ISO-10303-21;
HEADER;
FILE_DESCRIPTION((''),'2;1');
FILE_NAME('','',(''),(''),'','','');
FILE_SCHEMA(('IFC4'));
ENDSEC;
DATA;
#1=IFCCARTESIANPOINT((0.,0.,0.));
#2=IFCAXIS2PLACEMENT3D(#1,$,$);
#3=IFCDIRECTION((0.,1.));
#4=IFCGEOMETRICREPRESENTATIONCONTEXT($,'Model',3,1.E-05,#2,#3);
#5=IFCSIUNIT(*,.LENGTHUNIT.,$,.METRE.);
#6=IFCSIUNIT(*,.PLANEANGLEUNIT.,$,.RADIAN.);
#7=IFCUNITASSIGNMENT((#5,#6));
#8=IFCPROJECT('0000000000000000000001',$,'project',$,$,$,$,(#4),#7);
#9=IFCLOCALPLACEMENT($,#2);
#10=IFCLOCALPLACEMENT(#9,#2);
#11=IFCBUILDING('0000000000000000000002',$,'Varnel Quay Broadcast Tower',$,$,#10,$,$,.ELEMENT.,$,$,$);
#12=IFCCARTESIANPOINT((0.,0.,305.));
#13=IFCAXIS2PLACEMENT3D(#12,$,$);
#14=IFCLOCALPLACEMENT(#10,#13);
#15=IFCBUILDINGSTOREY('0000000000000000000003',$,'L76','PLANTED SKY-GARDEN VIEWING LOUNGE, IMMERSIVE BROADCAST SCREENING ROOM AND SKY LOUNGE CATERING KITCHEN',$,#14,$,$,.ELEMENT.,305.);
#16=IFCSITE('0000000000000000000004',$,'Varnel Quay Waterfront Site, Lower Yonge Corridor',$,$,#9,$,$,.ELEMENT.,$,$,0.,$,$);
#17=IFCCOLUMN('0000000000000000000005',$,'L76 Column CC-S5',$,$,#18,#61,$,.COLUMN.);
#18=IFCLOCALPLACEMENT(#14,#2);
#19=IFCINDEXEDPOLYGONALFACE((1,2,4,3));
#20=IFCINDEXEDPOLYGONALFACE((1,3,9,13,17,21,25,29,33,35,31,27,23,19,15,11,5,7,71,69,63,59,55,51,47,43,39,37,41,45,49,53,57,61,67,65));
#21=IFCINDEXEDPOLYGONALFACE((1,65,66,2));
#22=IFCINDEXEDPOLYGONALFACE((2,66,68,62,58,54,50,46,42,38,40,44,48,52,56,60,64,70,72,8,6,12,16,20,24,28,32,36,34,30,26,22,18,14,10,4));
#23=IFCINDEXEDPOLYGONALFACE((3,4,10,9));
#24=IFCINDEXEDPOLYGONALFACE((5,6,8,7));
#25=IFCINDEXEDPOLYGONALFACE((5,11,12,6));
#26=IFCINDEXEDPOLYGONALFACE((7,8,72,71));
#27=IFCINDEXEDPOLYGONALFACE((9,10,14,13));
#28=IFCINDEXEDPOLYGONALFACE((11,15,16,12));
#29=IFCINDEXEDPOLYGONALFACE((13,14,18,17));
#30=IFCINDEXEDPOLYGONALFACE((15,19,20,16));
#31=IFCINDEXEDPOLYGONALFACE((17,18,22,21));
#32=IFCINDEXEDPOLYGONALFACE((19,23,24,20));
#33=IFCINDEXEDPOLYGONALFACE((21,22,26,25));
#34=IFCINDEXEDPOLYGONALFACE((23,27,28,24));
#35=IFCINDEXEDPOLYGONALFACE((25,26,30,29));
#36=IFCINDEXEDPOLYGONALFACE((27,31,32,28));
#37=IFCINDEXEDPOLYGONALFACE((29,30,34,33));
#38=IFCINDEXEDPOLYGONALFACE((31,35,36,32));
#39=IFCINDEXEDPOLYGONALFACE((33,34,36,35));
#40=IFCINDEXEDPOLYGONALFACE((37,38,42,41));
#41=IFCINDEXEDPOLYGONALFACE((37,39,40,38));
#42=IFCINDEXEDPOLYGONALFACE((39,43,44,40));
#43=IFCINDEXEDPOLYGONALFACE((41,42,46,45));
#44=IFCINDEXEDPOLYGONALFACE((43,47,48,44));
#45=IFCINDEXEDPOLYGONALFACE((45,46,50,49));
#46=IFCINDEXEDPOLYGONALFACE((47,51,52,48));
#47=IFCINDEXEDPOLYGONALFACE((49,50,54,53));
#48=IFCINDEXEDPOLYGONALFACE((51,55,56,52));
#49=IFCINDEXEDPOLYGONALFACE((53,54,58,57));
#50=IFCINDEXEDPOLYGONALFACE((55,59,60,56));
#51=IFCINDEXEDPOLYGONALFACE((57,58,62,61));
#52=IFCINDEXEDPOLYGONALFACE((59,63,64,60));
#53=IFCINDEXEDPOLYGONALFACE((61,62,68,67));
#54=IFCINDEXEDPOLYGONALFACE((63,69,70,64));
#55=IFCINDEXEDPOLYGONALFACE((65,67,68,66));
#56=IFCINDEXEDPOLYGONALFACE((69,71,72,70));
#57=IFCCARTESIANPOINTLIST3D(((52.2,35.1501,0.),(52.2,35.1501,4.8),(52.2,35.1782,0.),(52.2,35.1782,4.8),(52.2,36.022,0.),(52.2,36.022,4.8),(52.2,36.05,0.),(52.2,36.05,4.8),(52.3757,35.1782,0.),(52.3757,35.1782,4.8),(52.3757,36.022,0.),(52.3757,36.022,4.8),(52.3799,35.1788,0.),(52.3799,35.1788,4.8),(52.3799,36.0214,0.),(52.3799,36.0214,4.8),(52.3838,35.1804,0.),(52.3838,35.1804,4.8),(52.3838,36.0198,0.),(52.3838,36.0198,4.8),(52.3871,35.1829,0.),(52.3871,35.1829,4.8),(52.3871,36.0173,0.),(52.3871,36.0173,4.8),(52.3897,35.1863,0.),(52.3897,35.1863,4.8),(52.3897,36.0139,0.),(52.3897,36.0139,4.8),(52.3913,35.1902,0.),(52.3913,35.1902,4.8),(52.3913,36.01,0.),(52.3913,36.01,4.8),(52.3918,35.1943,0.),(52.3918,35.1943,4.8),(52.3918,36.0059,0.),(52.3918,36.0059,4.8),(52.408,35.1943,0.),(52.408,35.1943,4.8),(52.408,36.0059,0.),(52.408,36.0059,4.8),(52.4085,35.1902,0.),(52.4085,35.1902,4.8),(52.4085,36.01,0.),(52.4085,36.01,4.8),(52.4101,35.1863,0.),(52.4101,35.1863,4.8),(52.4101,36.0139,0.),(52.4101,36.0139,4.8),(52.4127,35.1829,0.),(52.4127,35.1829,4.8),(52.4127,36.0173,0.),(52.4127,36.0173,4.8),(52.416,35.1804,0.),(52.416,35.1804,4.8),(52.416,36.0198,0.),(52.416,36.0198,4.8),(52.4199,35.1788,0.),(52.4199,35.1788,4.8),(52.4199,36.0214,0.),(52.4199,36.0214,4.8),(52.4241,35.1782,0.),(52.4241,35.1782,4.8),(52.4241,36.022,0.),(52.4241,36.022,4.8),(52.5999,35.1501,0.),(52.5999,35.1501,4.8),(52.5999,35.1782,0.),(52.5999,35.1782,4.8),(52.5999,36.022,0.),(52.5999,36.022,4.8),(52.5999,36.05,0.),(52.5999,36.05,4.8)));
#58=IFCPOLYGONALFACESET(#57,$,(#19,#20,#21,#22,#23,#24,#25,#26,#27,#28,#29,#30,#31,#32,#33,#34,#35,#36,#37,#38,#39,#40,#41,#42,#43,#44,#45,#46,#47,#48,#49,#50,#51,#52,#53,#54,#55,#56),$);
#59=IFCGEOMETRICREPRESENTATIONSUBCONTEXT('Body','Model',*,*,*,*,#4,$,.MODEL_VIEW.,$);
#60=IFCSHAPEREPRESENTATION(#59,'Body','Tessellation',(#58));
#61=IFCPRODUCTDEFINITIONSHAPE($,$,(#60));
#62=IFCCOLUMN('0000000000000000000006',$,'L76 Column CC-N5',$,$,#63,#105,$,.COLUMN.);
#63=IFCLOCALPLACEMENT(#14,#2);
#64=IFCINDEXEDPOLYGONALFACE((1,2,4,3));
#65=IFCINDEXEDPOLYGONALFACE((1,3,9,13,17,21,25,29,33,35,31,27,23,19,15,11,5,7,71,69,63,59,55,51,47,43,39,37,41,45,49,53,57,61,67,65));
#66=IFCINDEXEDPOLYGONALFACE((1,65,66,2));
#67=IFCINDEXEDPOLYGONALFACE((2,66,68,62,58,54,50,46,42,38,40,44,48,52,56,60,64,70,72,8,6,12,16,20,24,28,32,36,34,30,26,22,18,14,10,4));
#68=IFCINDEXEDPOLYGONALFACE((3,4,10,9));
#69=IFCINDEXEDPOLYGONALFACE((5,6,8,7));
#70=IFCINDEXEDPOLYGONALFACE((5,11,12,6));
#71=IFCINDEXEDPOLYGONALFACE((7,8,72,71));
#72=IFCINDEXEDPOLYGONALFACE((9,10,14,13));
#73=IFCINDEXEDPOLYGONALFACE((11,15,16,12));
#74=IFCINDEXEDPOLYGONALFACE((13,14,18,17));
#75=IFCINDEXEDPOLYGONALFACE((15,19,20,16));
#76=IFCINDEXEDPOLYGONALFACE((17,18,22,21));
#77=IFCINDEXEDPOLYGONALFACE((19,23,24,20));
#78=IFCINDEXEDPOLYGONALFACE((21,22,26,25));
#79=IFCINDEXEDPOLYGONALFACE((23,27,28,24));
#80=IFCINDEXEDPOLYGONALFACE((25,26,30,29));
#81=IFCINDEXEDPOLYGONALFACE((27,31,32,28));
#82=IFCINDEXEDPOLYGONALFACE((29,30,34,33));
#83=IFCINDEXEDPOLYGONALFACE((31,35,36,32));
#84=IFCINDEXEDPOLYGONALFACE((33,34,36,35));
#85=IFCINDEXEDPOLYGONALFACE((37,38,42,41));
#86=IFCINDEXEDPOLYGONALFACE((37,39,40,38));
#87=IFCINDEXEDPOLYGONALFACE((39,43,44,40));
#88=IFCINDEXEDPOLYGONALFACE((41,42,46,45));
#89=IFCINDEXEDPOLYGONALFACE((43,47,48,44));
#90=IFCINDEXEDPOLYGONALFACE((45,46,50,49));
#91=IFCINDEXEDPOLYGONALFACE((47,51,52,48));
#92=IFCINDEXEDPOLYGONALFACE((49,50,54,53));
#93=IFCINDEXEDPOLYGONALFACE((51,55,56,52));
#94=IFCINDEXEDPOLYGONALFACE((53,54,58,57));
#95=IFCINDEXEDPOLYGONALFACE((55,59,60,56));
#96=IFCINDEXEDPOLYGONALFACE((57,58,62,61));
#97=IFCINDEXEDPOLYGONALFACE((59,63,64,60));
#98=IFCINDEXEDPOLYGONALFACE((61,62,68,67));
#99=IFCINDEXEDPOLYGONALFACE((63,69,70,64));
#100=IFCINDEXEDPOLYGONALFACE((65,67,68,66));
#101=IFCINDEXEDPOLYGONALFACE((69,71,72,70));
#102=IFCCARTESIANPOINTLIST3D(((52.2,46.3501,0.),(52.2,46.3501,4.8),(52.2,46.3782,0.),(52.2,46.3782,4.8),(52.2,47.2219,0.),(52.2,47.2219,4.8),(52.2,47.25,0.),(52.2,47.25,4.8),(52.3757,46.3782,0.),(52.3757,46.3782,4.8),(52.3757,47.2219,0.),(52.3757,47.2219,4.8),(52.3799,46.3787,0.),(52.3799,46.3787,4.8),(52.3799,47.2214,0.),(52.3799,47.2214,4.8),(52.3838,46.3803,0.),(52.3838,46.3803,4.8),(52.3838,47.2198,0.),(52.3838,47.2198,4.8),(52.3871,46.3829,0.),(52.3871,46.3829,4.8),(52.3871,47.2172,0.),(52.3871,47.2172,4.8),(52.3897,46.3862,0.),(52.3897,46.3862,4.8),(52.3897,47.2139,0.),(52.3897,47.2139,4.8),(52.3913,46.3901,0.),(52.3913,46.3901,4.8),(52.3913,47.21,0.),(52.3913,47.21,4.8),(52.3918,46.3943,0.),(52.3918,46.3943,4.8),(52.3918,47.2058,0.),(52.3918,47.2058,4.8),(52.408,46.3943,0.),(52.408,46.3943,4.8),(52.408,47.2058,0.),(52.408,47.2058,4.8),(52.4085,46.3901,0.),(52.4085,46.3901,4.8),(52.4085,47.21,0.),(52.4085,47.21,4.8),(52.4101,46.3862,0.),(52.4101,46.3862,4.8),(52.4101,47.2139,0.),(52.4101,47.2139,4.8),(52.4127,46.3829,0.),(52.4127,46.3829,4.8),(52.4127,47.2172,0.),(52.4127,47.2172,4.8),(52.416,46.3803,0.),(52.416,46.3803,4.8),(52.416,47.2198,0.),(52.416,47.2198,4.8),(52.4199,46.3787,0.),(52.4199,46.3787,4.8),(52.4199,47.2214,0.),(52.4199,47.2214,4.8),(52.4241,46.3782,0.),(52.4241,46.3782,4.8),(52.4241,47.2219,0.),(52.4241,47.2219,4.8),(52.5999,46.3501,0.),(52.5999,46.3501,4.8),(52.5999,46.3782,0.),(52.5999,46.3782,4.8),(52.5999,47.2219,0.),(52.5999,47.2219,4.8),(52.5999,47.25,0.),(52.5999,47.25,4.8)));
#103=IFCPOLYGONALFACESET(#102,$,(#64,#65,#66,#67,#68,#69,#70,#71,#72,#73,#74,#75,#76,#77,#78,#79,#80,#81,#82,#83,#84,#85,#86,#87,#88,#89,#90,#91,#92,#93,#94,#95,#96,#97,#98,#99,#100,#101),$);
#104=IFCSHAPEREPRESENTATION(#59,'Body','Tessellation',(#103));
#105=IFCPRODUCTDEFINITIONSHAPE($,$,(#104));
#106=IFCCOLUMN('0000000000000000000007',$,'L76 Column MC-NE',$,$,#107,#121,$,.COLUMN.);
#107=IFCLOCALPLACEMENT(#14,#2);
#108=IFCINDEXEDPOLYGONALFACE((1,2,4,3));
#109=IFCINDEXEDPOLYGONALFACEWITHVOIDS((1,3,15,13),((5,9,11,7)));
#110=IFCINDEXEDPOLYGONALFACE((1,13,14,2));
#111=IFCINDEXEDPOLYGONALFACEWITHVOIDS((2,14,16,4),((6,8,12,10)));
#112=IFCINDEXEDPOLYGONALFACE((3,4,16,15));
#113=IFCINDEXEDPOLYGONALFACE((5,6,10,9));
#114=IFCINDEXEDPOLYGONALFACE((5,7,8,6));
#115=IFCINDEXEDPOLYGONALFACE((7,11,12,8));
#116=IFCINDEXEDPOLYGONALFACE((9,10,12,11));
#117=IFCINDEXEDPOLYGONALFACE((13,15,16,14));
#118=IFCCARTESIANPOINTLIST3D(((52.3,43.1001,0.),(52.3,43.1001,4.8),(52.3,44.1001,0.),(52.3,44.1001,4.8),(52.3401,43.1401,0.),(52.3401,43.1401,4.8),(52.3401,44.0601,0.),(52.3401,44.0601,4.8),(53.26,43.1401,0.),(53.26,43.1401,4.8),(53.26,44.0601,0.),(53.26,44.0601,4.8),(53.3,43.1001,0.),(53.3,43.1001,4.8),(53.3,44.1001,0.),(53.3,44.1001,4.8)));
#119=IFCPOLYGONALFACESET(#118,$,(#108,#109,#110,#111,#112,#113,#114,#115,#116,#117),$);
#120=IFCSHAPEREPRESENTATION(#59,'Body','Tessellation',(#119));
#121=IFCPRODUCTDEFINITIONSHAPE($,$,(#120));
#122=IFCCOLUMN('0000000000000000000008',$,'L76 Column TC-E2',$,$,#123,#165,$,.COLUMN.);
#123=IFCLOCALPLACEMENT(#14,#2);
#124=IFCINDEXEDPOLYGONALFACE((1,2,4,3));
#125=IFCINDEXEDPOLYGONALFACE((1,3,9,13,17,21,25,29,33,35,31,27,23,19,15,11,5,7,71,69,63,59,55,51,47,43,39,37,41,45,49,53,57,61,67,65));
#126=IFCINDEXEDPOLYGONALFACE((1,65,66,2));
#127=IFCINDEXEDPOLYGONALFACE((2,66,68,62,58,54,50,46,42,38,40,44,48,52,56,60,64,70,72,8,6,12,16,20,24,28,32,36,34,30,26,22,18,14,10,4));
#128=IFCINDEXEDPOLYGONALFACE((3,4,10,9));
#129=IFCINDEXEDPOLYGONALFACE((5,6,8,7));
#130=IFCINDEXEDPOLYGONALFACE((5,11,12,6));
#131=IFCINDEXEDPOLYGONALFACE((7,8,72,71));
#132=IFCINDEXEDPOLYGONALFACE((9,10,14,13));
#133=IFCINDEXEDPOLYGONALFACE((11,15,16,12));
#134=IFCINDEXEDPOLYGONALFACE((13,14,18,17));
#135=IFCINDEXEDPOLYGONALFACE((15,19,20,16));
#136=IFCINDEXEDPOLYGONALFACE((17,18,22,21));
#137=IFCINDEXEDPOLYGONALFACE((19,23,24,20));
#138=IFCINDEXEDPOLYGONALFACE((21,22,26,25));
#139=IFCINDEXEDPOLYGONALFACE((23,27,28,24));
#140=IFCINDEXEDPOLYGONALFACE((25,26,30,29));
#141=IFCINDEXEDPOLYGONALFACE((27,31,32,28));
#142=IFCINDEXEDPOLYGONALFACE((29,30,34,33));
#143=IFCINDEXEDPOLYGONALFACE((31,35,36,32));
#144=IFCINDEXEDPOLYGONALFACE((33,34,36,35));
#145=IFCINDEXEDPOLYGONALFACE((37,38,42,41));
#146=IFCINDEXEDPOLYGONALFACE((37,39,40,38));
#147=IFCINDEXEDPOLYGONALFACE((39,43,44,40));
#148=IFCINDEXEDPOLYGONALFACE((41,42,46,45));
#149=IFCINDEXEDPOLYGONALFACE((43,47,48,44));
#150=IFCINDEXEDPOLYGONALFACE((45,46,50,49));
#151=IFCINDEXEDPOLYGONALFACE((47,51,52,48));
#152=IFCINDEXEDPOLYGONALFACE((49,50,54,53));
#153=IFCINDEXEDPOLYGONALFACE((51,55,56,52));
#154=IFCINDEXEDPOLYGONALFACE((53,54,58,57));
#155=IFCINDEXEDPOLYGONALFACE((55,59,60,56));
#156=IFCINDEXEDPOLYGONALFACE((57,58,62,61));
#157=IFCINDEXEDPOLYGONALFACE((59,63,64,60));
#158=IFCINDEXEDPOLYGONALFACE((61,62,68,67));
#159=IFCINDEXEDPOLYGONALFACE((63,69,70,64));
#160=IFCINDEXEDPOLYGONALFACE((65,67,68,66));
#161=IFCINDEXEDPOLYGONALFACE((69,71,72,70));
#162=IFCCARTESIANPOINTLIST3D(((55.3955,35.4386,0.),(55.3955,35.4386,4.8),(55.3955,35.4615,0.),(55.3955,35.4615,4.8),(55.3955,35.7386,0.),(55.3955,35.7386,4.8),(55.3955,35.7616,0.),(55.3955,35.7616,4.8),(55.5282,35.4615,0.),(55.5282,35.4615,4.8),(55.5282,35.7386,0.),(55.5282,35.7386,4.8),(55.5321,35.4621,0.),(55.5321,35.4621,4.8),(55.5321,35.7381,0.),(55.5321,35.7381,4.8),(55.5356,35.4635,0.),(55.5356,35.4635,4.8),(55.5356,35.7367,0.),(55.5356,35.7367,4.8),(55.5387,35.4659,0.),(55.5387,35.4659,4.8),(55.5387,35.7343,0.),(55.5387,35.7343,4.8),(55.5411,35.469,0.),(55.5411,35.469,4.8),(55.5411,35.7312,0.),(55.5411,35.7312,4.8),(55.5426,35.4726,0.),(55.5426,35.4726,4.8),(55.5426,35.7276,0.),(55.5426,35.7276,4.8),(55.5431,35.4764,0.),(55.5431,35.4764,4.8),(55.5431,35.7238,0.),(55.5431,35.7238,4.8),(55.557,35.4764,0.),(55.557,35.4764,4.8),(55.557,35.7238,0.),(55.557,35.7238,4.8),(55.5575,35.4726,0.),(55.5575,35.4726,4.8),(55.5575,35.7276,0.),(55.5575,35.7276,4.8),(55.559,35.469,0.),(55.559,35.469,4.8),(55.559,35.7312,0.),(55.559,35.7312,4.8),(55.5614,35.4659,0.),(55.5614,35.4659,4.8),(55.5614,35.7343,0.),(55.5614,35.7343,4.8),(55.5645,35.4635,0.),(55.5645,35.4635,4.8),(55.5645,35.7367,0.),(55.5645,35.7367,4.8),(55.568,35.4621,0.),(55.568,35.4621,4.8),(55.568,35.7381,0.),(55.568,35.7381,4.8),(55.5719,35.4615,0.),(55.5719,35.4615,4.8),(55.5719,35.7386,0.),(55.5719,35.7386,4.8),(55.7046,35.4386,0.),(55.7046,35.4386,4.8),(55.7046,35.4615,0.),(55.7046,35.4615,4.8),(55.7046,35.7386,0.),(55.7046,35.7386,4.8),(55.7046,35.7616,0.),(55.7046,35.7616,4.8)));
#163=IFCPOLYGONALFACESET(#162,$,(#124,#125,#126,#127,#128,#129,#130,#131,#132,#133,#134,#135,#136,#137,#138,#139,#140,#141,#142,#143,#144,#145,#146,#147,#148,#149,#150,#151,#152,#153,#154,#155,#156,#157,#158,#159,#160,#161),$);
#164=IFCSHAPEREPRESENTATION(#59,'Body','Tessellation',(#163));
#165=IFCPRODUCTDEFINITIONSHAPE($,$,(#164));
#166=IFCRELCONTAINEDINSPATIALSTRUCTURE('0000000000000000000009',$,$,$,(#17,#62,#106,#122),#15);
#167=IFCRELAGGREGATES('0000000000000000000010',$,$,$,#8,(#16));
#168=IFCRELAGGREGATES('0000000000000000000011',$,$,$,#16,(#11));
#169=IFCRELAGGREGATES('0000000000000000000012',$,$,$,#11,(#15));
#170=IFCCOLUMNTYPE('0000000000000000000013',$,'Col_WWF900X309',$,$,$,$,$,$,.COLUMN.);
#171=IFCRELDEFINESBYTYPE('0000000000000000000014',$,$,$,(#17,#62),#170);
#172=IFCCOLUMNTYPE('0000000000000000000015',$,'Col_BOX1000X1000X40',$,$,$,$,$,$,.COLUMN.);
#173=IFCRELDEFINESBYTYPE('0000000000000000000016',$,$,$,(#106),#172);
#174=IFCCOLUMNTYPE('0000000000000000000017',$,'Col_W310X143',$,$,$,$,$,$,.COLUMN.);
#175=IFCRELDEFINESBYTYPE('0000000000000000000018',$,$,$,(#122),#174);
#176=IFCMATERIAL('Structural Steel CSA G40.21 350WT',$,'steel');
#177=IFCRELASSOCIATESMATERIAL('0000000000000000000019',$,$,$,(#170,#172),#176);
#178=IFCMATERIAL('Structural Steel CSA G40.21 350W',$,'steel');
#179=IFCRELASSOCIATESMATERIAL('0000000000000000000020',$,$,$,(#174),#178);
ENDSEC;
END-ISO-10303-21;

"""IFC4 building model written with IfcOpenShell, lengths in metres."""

from ifc_helpers import new_model, si_unit, direction, frame, origin, origin_2d, place, context, subcontext, project, spatial, hollow_rectangle, i_section, extrude, source, transform, mapped, material, material_profile, profile_set, type_object, type_shapes, element, save


model = new_model("IFC4")

# Units and contexts
model_context = context("Model", 3, precision=1e-05, world=origin(), true_north=direction((0.0, 1.0)))
body_context = subcontext(model_context, "Body", "Model", "MODEL_VIEW")
ifc_project = project(units=[si_unit("LENGTHUNIT", "METRE"), si_unit("PLANEANGLEUNIT", "RADIAN")], contexts=[model_context])

# Site, building, storey
site_placement = place(None, origin())
site = spatial("IfcSite", under=ifc_project, at=site_placement, Name="Varnel Quay Waterfront Site, Lower Yonge Corridor", CompositionType="ELEMENT", RefElevation=0.0)
building_placement = place(site_placement, origin())
building = spatial("IfcBuilding", under=site, at=building_placement, Name="Varnel Quay Broadcast Tower", CompositionType="ELEMENT")
storey_placement = place(building_placement, frame((0.0, 0.0, 305.0)))
storey = spatial("IfcBuildingStorey", under=building, at=storey_placement, Name="L76", Description="PLANTED SKY-GARDEN VIEWING LOUNGE, IMMERSIVE BROADCAST SCREENING ROOM AND SKY LOUNGE CATERING KITCHEN", CompositionType="ELEMENT", Elevation=305.0)

# Columns
ifc_material_1 = material(Name="Structural Steel CSA G40.21 350WT", Category="steel")
ifc_material_profile_1 = material_profile(ifc_material_1, i_section(OverallWidth=0.3999, OverallDepth=0.8999, WebThickness=0.0161, FlangeThickness=0.0281, FilletRadius=0.0161, at=origin_2d()), Name="WWF900X309")
ifc_profile_set_1 = profile_set([ifc_material_profile_1], Name="Structural Steel CSA G40.21 350WT")
column_type_1 = type_object("IfcColumnType", Name="Col_WWF900X309", PredefinedType="COLUMN", material=ifc_profile_set_1)
shared_shape_1 = source(origin(), body_context, "Body", "SweptSolid", [
    extrude(i_section(OverallWidth=0.3999, OverallDepth=0.8999, WebThickness=0.0161, FlangeThickness=0.0281, FilletRadius=0.0161, at=origin_2d()), origin(), (0.0, 0.0, 1.0), 4.8),
])
type_shapes(column_type_1, [shared_shape_1])
for number, where, z_axis, x_axis, name in (
    (1, (52.3999, 35.6001, 0.0), (0.0, 0.0, 1.0), (1.0, 0.0, 0.0), "L76 Column CC-S5"),
    (2, (52.3999, 46.8, 0.0), (0.0, 0.0, 1.0), (1.0, 0.0, 0.0), "L76 Column CC-N5"),
):
    element("IfcColumn", number, at=place(storey_placement, frame(where, z_axis=z_axis, x_axis=x_axis)), inside=storey, type_object=column_type_1, Name=name, PredefinedType="COLUMN", context=body_context, shape_type="MappedRepresentation", body=[
        mapped(shared_shape_1, transform((0.0, 0.0, 0.0), x_axis=(1.0, 0.0, 0.0), y_axis=(0.0, 1.0, 0.0), z_axis=(0.0, 0.0, 1.0), scale=1.0)),
    ])
ifc_material_profile_2 = material_profile(ifc_material_1, hollow_rectangle(XDim=1.0, YDim=1.0, WallThickness=0.04, at=origin_2d()), Name="BOX1000X1000X40")
ifc_profile_set_2 = profile_set([ifc_material_profile_2], Name="Structural Steel CSA G40.21 350WT")
column_type_2 = type_object("IfcColumnType", Name="Col_BOX1000X1000X40", PredefinedType="COLUMN", material=ifc_profile_set_2)
shared_shape_2 = source(origin(), body_context, "Body", "SweptSolid", [
    extrude(hollow_rectangle(XDim=1.0, YDim=1.0, WallThickness=0.04, at=origin_2d()), origin(), (0.0, 0.0, 1.0), 4.8),
])
type_shapes(column_type_2, [shared_shape_2])
column_1_placement = place(storey_placement, frame((52.8, 43.6001, 0.0), z_axis=(0.0, 0.0, 1.0), x_axis=(1.0, 0.0, 0.0)))
element("IfcColumn", 3, at=column_1_placement, inside=storey, type_object=column_type_2, Name="L76 Column MC-NE", PredefinedType="COLUMN", context=body_context, shape_type="MappedRepresentation", body=[
    mapped(shared_shape_2, transform((0.0, 0.0, 0.0), x_axis=(1.0, 0.0, 0.0), y_axis=(0.0, 1.0, 0.0), z_axis=(0.0, 0.0, 1.0), scale=1.0)),
])
ifc_material_2 = material(Name="Structural Steel CSA G40.21 350W", Category="steel")
ifc_material_profile_3 = material_profile(ifc_material_2, i_section(OverallWidth=0.3091, OverallDepth=0.323, WebThickness=0.0139, FlangeThickness=0.0229, FilletRadius=0.0149, at=origin_2d()), Name="W310X143")
ifc_profile_set_3 = profile_set([ifc_material_profile_3], Name="Structural Steel CSA G40.21 350W")
column_type_3 = type_object("IfcColumnType", Name="Col_W310X143", PredefinedType="COLUMN", material=ifc_profile_set_3)
shared_shape_3 = source(origin(), body_context, "Body", "SweptSolid", [
    extrude(i_section(OverallWidth=0.3091, OverallDepth=0.323, WebThickness=0.0139, FlangeThickness=0.0229, FilletRadius=0.0149, at=origin_2d()), origin(), (0.0, 0.0, 1.0), 4.8),
])
type_shapes(column_type_3, [shared_shape_3])
column_2_placement = place(storey_placement, frame((55.55, 35.6001, 0.0), z_axis=(0.0, 0.0, 1.0), x_axis=(1.0, 0.0, 0.0)))
element("IfcColumn", 4, at=column_2_placement, inside=storey, type_object=column_type_3, Name="L76 Column TC-E2", PredefinedType="COLUMN", context=body_context, shape_type="MappedRepresentation", body=[
    mapped(shared_shape_3, transform((0.0, 0.0, 0.0), x_axis=(1.0, 0.0, 0.0), y_axis=(0.0, 1.0, 0.0), z_axis=(0.0, 0.0, 1.0), scale=1.0)),
])

save(model, "model.ifc")
